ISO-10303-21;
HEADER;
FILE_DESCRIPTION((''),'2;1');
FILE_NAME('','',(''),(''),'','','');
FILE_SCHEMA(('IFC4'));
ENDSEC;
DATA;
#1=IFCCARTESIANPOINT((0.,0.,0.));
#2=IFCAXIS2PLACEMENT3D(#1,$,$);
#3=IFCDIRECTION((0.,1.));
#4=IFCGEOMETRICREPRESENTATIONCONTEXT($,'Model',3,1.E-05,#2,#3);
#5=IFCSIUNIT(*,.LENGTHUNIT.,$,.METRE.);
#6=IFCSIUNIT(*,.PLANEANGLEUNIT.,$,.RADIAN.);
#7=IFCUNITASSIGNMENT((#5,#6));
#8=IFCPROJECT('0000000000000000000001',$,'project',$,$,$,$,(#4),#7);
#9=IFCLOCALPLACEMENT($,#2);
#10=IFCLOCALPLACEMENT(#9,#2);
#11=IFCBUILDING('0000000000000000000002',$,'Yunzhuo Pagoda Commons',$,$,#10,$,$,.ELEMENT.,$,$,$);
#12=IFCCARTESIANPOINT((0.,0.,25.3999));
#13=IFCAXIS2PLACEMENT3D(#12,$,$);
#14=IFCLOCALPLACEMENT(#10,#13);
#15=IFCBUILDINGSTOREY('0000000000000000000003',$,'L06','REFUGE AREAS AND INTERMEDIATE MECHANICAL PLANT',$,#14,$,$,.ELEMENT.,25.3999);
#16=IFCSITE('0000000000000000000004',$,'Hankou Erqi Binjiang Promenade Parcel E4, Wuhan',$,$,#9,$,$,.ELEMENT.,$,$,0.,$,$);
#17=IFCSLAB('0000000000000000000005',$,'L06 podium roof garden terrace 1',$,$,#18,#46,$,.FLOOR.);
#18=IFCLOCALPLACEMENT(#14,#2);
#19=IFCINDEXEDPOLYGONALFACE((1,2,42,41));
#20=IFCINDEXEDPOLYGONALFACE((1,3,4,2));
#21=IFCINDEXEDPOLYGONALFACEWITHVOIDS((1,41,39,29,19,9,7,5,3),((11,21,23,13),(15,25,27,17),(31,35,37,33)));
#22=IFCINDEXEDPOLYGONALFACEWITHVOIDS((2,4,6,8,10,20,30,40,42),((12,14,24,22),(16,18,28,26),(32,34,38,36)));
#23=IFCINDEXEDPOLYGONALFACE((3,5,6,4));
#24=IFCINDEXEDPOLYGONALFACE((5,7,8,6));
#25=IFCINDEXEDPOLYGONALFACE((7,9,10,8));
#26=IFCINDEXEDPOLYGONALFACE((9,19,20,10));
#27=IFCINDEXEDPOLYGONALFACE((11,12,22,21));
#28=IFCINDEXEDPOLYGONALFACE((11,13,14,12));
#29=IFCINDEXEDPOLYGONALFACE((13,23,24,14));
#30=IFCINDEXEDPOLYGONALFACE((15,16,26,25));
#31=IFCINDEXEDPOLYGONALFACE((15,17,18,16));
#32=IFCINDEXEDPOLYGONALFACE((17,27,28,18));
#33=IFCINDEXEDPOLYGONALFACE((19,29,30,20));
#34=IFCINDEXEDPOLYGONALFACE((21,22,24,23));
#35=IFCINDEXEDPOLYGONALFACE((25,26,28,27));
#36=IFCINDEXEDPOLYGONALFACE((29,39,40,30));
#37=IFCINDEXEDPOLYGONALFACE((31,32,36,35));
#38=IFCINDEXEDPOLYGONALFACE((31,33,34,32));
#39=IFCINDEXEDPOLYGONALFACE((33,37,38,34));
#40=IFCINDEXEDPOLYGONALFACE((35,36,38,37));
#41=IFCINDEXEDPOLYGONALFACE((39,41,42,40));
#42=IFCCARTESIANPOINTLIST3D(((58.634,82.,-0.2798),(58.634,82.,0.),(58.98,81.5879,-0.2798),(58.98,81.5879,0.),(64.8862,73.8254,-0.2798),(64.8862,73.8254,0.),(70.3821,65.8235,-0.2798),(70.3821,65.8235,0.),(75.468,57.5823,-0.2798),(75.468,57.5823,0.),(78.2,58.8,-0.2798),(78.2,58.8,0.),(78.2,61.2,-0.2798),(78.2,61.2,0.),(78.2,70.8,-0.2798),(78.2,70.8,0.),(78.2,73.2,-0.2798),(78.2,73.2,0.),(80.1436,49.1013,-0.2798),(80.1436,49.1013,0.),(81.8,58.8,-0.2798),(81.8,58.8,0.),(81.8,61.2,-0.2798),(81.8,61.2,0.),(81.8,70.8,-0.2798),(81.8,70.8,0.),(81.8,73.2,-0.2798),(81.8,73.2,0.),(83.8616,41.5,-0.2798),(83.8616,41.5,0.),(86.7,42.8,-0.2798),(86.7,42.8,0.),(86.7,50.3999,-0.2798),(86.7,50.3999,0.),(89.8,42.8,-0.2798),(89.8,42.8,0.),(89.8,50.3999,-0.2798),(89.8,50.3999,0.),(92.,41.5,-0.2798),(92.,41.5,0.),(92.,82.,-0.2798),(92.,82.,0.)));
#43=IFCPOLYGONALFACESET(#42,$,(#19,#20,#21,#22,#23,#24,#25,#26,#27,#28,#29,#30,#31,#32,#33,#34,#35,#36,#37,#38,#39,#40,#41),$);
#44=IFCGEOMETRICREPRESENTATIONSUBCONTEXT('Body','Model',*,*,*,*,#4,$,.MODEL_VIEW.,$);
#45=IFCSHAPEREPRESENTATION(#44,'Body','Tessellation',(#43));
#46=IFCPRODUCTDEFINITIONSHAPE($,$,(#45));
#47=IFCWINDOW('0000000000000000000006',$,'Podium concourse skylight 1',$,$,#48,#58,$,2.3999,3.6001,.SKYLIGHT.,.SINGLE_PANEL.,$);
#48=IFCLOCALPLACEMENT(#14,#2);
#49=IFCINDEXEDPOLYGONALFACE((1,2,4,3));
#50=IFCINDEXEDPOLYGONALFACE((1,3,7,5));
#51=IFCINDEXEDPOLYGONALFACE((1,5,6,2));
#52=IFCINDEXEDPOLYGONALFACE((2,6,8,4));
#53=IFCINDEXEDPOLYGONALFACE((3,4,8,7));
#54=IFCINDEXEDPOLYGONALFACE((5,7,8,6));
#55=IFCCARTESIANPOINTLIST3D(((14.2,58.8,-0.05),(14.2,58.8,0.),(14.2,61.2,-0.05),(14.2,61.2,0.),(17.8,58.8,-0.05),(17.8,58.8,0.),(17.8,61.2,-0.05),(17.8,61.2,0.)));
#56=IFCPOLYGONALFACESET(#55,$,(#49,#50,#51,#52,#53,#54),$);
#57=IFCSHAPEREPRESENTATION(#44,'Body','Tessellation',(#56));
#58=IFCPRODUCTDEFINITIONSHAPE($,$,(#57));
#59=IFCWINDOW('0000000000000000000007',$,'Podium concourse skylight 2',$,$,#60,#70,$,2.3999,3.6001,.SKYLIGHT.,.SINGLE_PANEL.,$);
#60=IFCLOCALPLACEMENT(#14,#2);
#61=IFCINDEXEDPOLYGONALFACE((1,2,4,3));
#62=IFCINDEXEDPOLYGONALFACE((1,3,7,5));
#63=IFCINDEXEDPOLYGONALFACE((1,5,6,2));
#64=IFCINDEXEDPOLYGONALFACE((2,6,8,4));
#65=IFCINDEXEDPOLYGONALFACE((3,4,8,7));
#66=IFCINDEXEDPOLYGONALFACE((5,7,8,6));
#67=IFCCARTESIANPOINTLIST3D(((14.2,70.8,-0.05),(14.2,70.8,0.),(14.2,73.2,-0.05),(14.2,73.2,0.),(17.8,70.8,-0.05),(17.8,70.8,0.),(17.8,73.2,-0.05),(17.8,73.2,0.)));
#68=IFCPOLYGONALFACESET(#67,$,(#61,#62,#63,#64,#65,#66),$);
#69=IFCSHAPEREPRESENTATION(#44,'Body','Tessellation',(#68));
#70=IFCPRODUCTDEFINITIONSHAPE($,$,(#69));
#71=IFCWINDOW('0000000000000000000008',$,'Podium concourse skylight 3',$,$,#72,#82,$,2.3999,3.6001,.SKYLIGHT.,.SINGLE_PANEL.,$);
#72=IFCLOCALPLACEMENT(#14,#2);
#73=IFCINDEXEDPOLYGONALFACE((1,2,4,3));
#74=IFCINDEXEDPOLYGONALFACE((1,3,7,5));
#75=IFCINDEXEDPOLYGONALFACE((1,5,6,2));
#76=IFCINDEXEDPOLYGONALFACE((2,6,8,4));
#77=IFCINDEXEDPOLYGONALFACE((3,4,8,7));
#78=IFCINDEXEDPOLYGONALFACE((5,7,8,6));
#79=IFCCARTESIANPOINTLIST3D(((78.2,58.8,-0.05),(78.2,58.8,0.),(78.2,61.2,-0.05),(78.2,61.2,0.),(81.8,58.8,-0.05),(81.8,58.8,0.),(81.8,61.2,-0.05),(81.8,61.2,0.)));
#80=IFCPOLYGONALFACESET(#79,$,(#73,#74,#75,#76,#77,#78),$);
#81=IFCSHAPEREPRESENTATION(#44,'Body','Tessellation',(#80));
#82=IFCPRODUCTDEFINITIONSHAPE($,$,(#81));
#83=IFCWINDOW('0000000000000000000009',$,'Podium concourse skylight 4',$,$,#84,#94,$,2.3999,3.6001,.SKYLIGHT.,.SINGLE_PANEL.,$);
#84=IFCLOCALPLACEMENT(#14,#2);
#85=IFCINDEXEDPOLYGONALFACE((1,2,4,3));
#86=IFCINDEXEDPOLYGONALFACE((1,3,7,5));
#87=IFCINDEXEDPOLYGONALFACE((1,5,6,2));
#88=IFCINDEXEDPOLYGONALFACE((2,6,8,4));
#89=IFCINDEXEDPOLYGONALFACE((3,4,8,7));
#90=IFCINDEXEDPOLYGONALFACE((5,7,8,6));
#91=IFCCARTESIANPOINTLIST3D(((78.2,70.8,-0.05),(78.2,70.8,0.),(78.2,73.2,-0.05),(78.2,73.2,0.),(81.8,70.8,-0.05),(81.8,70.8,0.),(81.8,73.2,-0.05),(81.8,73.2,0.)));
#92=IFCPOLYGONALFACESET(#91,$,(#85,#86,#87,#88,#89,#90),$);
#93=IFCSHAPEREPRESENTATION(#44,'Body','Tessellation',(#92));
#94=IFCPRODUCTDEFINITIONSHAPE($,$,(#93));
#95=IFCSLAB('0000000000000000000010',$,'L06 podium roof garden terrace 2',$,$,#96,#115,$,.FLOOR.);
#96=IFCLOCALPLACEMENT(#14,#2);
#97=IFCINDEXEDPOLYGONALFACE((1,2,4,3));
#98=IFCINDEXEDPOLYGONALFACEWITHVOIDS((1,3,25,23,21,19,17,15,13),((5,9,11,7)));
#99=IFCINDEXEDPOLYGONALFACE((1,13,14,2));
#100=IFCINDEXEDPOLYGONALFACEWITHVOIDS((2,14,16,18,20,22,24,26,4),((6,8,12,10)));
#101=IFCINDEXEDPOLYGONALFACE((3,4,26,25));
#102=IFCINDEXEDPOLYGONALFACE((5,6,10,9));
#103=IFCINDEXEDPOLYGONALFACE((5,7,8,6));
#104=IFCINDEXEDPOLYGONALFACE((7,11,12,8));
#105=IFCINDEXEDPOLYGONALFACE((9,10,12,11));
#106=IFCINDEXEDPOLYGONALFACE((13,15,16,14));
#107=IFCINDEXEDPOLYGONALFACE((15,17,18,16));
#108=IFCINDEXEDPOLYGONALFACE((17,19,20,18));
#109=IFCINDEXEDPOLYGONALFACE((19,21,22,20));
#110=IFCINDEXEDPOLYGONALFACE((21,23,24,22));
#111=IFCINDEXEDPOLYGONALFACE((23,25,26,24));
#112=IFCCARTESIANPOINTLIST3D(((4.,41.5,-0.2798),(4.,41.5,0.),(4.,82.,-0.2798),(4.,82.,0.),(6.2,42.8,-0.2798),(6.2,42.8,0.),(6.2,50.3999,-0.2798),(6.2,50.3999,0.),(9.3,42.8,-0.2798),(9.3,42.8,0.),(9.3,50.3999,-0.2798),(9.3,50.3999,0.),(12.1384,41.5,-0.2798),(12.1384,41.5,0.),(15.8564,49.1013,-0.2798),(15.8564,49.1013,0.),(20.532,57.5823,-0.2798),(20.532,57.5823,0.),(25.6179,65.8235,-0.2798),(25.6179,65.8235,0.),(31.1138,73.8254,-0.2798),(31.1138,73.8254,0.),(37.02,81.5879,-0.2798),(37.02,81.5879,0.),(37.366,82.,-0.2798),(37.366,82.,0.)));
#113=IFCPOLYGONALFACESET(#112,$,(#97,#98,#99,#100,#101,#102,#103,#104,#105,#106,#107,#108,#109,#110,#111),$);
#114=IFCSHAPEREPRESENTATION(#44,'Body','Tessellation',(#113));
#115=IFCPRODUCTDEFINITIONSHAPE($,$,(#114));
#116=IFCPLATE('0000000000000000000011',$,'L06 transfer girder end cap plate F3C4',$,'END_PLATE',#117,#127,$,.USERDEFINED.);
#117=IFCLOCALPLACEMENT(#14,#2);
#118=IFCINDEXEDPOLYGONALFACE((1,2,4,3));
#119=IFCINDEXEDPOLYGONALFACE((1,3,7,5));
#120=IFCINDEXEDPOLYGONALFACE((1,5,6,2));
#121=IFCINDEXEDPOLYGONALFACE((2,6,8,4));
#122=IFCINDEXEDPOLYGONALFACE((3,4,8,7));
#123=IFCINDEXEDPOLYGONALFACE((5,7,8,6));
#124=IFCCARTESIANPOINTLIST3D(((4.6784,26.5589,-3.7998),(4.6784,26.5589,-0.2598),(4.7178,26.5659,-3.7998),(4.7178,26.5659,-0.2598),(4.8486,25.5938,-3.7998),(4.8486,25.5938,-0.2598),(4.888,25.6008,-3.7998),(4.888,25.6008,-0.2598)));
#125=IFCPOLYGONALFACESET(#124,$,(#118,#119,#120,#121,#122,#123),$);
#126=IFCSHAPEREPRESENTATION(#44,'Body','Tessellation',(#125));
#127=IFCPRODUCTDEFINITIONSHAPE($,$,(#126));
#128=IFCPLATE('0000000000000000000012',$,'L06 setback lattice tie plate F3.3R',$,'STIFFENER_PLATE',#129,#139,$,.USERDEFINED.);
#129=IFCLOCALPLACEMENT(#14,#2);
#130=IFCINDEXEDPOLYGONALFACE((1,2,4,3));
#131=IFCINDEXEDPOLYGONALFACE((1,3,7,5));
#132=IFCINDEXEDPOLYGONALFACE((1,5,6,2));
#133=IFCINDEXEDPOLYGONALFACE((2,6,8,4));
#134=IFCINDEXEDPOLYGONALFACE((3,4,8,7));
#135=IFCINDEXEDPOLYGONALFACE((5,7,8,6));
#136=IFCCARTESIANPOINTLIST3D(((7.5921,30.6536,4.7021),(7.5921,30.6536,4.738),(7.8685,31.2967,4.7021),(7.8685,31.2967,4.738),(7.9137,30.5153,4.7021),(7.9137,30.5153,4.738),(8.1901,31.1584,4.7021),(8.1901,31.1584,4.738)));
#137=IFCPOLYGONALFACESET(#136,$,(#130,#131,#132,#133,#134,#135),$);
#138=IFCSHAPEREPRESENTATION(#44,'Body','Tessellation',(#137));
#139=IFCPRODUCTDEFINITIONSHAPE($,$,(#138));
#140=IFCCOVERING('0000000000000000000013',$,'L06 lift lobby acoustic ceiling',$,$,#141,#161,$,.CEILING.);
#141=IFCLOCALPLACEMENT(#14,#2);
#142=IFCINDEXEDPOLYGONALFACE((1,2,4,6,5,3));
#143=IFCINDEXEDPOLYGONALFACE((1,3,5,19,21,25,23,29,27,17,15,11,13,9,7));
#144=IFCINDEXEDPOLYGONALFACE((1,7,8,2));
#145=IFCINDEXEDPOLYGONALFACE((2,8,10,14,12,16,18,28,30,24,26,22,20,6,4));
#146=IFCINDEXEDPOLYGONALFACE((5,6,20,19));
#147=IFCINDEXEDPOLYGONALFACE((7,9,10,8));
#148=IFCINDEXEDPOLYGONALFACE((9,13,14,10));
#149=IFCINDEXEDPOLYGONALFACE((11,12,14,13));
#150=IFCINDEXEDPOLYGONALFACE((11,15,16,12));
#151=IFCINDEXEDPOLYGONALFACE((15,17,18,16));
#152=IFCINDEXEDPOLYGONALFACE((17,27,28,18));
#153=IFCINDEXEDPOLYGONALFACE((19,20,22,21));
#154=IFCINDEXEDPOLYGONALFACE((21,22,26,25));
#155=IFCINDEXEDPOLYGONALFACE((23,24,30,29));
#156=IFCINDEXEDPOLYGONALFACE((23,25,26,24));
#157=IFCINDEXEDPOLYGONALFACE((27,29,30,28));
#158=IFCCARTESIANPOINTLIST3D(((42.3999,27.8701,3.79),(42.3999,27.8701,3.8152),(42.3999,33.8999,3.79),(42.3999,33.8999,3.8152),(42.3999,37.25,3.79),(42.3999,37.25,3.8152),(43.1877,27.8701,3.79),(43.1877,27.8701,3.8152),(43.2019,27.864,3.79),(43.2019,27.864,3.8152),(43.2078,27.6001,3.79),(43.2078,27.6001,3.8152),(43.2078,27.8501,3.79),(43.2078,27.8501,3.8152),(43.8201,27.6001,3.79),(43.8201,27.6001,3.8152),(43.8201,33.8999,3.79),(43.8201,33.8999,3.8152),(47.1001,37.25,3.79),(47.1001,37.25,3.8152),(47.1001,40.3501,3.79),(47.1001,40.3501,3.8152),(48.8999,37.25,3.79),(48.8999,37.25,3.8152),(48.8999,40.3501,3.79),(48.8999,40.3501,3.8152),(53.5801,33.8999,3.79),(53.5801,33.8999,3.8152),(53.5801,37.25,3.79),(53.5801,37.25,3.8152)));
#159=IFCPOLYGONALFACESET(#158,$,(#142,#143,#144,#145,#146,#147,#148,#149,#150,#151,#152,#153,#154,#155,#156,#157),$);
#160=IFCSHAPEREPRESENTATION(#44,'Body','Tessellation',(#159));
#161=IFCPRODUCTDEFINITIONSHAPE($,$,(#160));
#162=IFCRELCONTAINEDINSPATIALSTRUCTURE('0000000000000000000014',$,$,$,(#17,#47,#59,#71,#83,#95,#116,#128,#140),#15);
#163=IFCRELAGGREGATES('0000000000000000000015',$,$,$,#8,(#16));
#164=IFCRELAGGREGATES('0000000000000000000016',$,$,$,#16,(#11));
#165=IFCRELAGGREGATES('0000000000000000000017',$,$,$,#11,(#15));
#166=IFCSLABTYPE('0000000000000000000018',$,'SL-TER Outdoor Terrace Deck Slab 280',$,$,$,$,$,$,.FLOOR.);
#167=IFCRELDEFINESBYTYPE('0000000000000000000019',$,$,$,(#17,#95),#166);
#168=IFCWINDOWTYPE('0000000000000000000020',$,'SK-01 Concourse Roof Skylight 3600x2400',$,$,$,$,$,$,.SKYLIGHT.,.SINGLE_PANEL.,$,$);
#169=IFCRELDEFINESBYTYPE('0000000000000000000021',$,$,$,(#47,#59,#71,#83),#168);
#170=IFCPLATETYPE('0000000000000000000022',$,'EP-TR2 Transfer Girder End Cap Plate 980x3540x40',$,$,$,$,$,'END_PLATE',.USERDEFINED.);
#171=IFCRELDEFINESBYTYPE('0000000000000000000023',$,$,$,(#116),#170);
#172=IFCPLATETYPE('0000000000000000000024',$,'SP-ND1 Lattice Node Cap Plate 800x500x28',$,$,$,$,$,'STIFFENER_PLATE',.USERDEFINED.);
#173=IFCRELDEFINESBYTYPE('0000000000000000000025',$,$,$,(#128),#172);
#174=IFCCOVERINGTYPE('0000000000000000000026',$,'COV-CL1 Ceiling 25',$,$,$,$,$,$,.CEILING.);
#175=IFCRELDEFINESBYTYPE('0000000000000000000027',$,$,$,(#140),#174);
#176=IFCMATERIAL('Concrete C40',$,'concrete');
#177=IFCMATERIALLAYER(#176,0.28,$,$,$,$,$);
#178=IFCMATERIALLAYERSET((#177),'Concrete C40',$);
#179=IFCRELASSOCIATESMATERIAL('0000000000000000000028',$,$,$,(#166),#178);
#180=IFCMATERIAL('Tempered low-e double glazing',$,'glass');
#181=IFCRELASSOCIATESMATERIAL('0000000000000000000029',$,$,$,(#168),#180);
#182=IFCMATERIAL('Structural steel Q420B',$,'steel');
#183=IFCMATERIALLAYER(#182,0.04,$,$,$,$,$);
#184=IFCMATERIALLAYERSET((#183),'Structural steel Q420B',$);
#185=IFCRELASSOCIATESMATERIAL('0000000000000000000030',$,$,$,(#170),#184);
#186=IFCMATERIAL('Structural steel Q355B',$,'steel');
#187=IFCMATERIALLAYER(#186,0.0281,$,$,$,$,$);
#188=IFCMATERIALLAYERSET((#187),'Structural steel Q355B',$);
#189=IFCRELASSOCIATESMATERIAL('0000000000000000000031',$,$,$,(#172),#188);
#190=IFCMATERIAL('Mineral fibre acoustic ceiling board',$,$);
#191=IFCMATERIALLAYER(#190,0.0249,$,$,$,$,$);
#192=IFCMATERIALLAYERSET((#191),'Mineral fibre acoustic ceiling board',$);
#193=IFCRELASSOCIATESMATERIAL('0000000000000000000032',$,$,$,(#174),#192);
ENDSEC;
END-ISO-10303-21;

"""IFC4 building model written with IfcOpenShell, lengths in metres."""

from ifc_helpers import new_model, si_unit, direction, frame, origin, origin_2d, place, context, subcontext, project, spatial, polyline, rectangle, outline, extrude, source, transform, mapped, material, layer, layer_set, type_object, element, fill, save


model = new_model("IFC4")

# Units and contexts
model_context = context("Model", 3, precision=1e-05, world=origin(), true_north=direction((0.0, 1.0)))
body_context = subcontext(model_context, "Body", "Model", "MODEL_VIEW")
ifc_project = project(units=[si_unit("LENGTHUNIT", "METRE"), si_unit("PLANEANGLEUNIT", "RADIAN")], contexts=[model_context])

# Site, building, storey
site_placement = place(None, origin())
site = spatial("IfcSite", under=ifc_project, at=site_placement, Name="Hankou Erqi Binjiang Promenade Parcel E4, Wuhan", CompositionType="ELEMENT", RefElevation=0.0)
building_placement = place(site_placement, origin())
building = spatial("IfcBuilding", under=site, at=building_placement, Name="Yunzhuo Pagoda Commons", CompositionType="ELEMENT")
storey_placement = place(building_placement, frame((0.0, 0.0, 25.3999)))
storey = spatial("IfcBuildingStorey", under=building, at=storey_placement, Name="L06", Description="REFUGE AREAS AND INTERMEDIATE MECHANICAL PLANT", CompositionType="ELEMENT", Elevation=25.3999)

# Shared definitions
ifc_material_1 = material(Name="Structural steel Q355B", Category="steel")
ifc_material_2 = material(Name="Structural steel Q420B", Category="steel")

# Shared definitions
ifc_material_3 = material(Name="Concrete C40", Category="concrete")

# Slab, openings, windows
ifc_layer_1 = layer(ifc_material_3, 0.28)
ifc_layer_set_1 = layer_set([ifc_layer_1], Name="Concrete C40")
slab_type_1 = type_object("IfcSlabType", Name="SL-TER Outdoor Terrace Deck Slab 280", PredefinedType="FLOOR", material=ifc_layer_set_1)
slab_1_placement = place(storey_placement, frame((0.0, 0.0, -0.2798)))
slab_1 = element("IfcSlab", 1, at=slab_1_placement, inside=storey, type_object=slab_type_1, Name="L06 podium roof garden terrace 1", PredefinedType="FLOOR", context=body_context, shape_type="SweptSolid", body=[
    extrude(outline(polyline([(92.0, 41.5), (83.8616, 41.5), (80.1436, 49.1013), (75.468, 57.5823), (70.3821, 65.8235), (64.8862, 73.8254), (58.98, 81.5879), (58.634, 82.0), (92.0, 82.0), (92.0, 41.5)]), holes=[polyline([(89.8, 42.8), (89.8, 50.3999), (86.7, 50.3999), (86.7, 42.8), (89.8, 42.8)])]), origin(), (0.0, 0.0, 1.0), 0.2798),
])
opening_1_placement = place(slab_1_placement, frame((16.0, 60.0, -0.01)))
opening_1 = element("IfcOpeningElement", 2, at=opening_1_placement, cuts=slab_1, PredefinedType="OPENING", context=body_context, shape_type="SweptSolid", body=[
    extrude(rectangle(XDim=3.6001, YDim=2.3999, at=origin_2d()), origin(), (0.0, 0.0, 1.0), 0.2998),
])
opening_2_placement = place(slab_1_placement, frame((16.0, 72.0, -0.01)))
opening_2 = element("IfcOpeningElement", 3, at=opening_2_placement, cuts=slab_1, PredefinedType="OPENING", context=body_context, shape_type="SweptSolid", body=[
    extrude(rectangle(XDim=3.6001, YDim=2.3999, at=origin_2d()), origin(), (0.0, 0.0, 1.0), 0.2998),
])
opening_3_placement = place(slab_1_placement, frame((80.0, 60.0, -0.01)))
opening_3 = element("IfcOpeningElement", 4, at=opening_3_placement, cuts=slab_1, PredefinedType="OPENING", context=body_context, shape_type="SweptSolid", body=[
    extrude(rectangle(XDim=3.6001, YDim=2.3999, at=origin_2d()), origin(), (0.0, 0.0, 1.0), 0.2998),
])
opening_4_placement = place(slab_1_placement, frame((80.0, 72.0, -0.01)))
opening_4 = element("IfcOpeningElement", 5, at=opening_4_placement, cuts=slab_1, PredefinedType="OPENING", context=body_context, shape_type="SweptSolid", body=[
    extrude(rectangle(XDim=3.6001, YDim=2.3999, at=origin_2d()), origin(), (0.0, 0.0, 1.0), 0.2998),
])
ifc_material_4 = material(Name="Tempered low-e double glazing", Category="glass")
window_type = type_object("IfcWindowType", Name="SK-01 Concourse Roof Skylight 3600x2400", PartitioningType="SINGLE_PANEL", PredefinedType="SKYLIGHT", material=ifc_material_4)
window_1_placement = place(opening_1_placement, frame((0.0, 0.0, 0.2397)))
window_1 = element("IfcWindow", 6, at=window_1_placement, inside=storey, type_object=window_type, Name="Podium concourse skylight 1", OverallHeight=2.3999, OverallWidth=3.6001, PartitioningType="SINGLE_PANEL", PredefinedType="SKYLIGHT", context=body_context, shape_type="SweptSolid", body=[
    extrude(rectangle(XDim=3.6001, YDim=2.3999, at=origin_2d()), origin(), (0.0, 0.0, 1.0), 0.05),
])
fill(opening_1, window_1)
window_2_placement = place(opening_2_placement, frame((0.0, 0.0, 0.2397)))
window_2 = element("IfcWindow", 7, at=window_2_placement, inside=storey, type_object=window_type, Name="Podium concourse skylight 2", OverallHeight=2.3999, OverallWidth=3.6001, PartitioningType="SINGLE_PANEL", PredefinedType="SKYLIGHT", context=body_context, shape_type="SweptSolid", body=[
    extrude(rectangle(XDim=3.6001, YDim=2.3999, at=origin_2d()), origin(), (0.0, 0.0, 1.0), 0.05),
])
fill(opening_2, window_2)
window_3_placement = place(opening_3_placement, frame((0.0, 0.0, 0.2397)))
window_3 = element("IfcWindow", 8, at=window_3_placement, inside=storey, type_object=window_type, Name="Podium concourse skylight 3", OverallHeight=2.3999, OverallWidth=3.6001, PartitioningType="SINGLE_PANEL", PredefinedType="SKYLIGHT", context=body_context, shape_type="SweptSolid", body=[
    extrude(rectangle(XDim=3.6001, YDim=2.3999, at=origin_2d()), origin(), (0.0, 0.0, 1.0), 0.05),
])
fill(opening_3, window_3)
window_4_placement = place(opening_4_placement, frame((0.0, 0.0, 0.2397)))
window_4 = element("IfcWindow", 9, at=window_4_placement, inside=storey, type_object=window_type, Name="Podium concourse skylight 4", OverallHeight=2.3999, OverallWidth=3.6001, PartitioningType="SINGLE_PANEL", PredefinedType="SKYLIGHT", context=body_context, shape_type="SweptSolid", body=[
    extrude(rectangle(XDim=3.6001, YDim=2.3999, at=origin_2d()), origin(), (0.0, 0.0, 1.0), 0.05),
])
fill(opening_4, window_4)

# Slab
slab_2_placement = place(storey_placement, frame((0.0, 0.0, -0.2798)))
element("IfcSlab", 10, at=slab_2_placement, inside=storey, type_object=slab_type_1, Name="L06 podium roof garden terrace 2", PredefinedType="FLOOR", context=body_context, shape_type="SweptSolid", body=[
    extrude(outline(polyline([(4.0, 82.0), (37.366, 82.0), (37.02, 81.5879), (31.1138, 73.8254), (25.6179, 65.8235), (20.532, 57.5823), (15.8564, 49.1013), (12.1384, 41.5), (4.0, 41.5), (4.0, 82.0)]), holes=[polyline([(9.3, 42.8), (9.3, 50.3999), (6.2, 50.3999), (6.2, 42.8), (9.3, 42.8)])]), origin(), (0.0, 0.0, 1.0), 0.2798),
])

# Plates
ifc_layer_2 = layer(ifc_material_2, 0.04)
ifc_layer_set_2 = layer_set([ifc_layer_2], Name="Structural steel Q420B")
plate_type_1 = type_object("IfcPlateType", Name="EP-TR2 Transfer Girder End Cap Plate 980x3540x40", ElementType="END_PLATE", PredefinedType="USERDEFINED", material=ifc_layer_set_2)
shared_shape_1 = source(origin(), body_context, "Body", "SweptSolid", [
    extrude(rectangle(XDim=0.98, YDim=0.04, at=origin_2d()), origin(), (0.0, 0.0, 1.0), 3.54),
])
plate_1_placement = place(storey_placement, frame((4.7832, 26.0798, -3.7998), z_axis=(0.0, 0.0, 1.0), x_axis=(0.173648, -0.984808, 0.0)))
element("IfcPlate", 11, at=plate_1_placement, inside=storey, type_object=plate_type_1, Name="L06 transfer girder end cap plate F3C4", ObjectType="END_PLATE", PredefinedType="USERDEFINED", context=body_context, shape_type="MappedRepresentation", body=[
    mapped(shared_shape_1, transform((0.0, 0.0, 0.0), scale=1.0)),
])
ifc_layer_3 = layer(ifc_material_1, 0.0281)
ifc_layer_set_3 = layer_set([ifc_layer_3], Name="Structural steel Q355B")
plate_type_2 = type_object("IfcPlateType", Name="SP-ND1 Lattice Node Cap Plate 800x500x28", ElementType="STIFFENER_PLATE", PredefinedType="USERDEFINED", material=ifc_layer_set_3)
shared_shape_2 = source(origin(), body_context, "Body", "SweptSolid", [
    extrude(rectangle(XDim=0.7, YDim=0.3501, at=origin_2d()), origin(), (0.0, 0.0, 1.0), 0.0359),
])
plate_2_placement = place(storey_placement, frame((7.8911, 30.906, 4.7021), z_axis=(0.0, 0.0, 1.0), x_axis=(-0.394856, -0.918743, 0.0)))
element("IfcPlate", 12, at=plate_2_placement, inside=storey, type_object=plate_type_2, Name="L06 setback lattice tie plate F3.3R", ObjectType="STIFFENER_PLATE", PredefinedType="USERDEFINED", context=body_context, shape_type="MappedRepresentation", body=[
    mapped(shared_shape_2, transform((0.0, 0.0, 0.0), scale=1.0)),
])

# Covering
ifc_material_5 = material(Name="Mineral fibre acoustic ceiling board")
ifc_layer_4 = layer(ifc_material_5, 0.0249)
ifc_layer_set_4 = layer_set([ifc_layer_4], Name="Mineral fibre acoustic ceiling board")
covering_type_1 = type_object("IfcCoveringType", Name="COV-CL1 Ceiling 25", PredefinedType="CEILING", material=ifc_layer_set_4)
covering_1_placement = place(storey_placement, frame((0.0, 0.0, 3.79)))
element("IfcCovering", 13, at=covering_1_placement, inside=storey, type_object=covering_type_1, Name="L06 lift lobby acoustic ceiling", PredefinedType="CEILING", context=body_context, shape_type="SweptSolid", body=[
    extrude(outline(polyline([(43.2078, 27.8501), (43.2019, 27.864), (43.1877, 27.8701), (42.3999, 27.8701), (42.3999, 33.8999), (42.3999, 37.25), (47.1001, 37.25), (47.1001, 40.3501), (48.8999, 40.3501), (48.8999, 37.25), (53.5801, 37.25), (53.5801, 33.8999), (43.8201, 33.8999), (43.8201, 27.6001), (43.2078, 27.6001), (43.2078, 27.8501)])), origin(), (0.0, 0.0, 1.0), 0.0251),
])

save(model, "model.ifc")
